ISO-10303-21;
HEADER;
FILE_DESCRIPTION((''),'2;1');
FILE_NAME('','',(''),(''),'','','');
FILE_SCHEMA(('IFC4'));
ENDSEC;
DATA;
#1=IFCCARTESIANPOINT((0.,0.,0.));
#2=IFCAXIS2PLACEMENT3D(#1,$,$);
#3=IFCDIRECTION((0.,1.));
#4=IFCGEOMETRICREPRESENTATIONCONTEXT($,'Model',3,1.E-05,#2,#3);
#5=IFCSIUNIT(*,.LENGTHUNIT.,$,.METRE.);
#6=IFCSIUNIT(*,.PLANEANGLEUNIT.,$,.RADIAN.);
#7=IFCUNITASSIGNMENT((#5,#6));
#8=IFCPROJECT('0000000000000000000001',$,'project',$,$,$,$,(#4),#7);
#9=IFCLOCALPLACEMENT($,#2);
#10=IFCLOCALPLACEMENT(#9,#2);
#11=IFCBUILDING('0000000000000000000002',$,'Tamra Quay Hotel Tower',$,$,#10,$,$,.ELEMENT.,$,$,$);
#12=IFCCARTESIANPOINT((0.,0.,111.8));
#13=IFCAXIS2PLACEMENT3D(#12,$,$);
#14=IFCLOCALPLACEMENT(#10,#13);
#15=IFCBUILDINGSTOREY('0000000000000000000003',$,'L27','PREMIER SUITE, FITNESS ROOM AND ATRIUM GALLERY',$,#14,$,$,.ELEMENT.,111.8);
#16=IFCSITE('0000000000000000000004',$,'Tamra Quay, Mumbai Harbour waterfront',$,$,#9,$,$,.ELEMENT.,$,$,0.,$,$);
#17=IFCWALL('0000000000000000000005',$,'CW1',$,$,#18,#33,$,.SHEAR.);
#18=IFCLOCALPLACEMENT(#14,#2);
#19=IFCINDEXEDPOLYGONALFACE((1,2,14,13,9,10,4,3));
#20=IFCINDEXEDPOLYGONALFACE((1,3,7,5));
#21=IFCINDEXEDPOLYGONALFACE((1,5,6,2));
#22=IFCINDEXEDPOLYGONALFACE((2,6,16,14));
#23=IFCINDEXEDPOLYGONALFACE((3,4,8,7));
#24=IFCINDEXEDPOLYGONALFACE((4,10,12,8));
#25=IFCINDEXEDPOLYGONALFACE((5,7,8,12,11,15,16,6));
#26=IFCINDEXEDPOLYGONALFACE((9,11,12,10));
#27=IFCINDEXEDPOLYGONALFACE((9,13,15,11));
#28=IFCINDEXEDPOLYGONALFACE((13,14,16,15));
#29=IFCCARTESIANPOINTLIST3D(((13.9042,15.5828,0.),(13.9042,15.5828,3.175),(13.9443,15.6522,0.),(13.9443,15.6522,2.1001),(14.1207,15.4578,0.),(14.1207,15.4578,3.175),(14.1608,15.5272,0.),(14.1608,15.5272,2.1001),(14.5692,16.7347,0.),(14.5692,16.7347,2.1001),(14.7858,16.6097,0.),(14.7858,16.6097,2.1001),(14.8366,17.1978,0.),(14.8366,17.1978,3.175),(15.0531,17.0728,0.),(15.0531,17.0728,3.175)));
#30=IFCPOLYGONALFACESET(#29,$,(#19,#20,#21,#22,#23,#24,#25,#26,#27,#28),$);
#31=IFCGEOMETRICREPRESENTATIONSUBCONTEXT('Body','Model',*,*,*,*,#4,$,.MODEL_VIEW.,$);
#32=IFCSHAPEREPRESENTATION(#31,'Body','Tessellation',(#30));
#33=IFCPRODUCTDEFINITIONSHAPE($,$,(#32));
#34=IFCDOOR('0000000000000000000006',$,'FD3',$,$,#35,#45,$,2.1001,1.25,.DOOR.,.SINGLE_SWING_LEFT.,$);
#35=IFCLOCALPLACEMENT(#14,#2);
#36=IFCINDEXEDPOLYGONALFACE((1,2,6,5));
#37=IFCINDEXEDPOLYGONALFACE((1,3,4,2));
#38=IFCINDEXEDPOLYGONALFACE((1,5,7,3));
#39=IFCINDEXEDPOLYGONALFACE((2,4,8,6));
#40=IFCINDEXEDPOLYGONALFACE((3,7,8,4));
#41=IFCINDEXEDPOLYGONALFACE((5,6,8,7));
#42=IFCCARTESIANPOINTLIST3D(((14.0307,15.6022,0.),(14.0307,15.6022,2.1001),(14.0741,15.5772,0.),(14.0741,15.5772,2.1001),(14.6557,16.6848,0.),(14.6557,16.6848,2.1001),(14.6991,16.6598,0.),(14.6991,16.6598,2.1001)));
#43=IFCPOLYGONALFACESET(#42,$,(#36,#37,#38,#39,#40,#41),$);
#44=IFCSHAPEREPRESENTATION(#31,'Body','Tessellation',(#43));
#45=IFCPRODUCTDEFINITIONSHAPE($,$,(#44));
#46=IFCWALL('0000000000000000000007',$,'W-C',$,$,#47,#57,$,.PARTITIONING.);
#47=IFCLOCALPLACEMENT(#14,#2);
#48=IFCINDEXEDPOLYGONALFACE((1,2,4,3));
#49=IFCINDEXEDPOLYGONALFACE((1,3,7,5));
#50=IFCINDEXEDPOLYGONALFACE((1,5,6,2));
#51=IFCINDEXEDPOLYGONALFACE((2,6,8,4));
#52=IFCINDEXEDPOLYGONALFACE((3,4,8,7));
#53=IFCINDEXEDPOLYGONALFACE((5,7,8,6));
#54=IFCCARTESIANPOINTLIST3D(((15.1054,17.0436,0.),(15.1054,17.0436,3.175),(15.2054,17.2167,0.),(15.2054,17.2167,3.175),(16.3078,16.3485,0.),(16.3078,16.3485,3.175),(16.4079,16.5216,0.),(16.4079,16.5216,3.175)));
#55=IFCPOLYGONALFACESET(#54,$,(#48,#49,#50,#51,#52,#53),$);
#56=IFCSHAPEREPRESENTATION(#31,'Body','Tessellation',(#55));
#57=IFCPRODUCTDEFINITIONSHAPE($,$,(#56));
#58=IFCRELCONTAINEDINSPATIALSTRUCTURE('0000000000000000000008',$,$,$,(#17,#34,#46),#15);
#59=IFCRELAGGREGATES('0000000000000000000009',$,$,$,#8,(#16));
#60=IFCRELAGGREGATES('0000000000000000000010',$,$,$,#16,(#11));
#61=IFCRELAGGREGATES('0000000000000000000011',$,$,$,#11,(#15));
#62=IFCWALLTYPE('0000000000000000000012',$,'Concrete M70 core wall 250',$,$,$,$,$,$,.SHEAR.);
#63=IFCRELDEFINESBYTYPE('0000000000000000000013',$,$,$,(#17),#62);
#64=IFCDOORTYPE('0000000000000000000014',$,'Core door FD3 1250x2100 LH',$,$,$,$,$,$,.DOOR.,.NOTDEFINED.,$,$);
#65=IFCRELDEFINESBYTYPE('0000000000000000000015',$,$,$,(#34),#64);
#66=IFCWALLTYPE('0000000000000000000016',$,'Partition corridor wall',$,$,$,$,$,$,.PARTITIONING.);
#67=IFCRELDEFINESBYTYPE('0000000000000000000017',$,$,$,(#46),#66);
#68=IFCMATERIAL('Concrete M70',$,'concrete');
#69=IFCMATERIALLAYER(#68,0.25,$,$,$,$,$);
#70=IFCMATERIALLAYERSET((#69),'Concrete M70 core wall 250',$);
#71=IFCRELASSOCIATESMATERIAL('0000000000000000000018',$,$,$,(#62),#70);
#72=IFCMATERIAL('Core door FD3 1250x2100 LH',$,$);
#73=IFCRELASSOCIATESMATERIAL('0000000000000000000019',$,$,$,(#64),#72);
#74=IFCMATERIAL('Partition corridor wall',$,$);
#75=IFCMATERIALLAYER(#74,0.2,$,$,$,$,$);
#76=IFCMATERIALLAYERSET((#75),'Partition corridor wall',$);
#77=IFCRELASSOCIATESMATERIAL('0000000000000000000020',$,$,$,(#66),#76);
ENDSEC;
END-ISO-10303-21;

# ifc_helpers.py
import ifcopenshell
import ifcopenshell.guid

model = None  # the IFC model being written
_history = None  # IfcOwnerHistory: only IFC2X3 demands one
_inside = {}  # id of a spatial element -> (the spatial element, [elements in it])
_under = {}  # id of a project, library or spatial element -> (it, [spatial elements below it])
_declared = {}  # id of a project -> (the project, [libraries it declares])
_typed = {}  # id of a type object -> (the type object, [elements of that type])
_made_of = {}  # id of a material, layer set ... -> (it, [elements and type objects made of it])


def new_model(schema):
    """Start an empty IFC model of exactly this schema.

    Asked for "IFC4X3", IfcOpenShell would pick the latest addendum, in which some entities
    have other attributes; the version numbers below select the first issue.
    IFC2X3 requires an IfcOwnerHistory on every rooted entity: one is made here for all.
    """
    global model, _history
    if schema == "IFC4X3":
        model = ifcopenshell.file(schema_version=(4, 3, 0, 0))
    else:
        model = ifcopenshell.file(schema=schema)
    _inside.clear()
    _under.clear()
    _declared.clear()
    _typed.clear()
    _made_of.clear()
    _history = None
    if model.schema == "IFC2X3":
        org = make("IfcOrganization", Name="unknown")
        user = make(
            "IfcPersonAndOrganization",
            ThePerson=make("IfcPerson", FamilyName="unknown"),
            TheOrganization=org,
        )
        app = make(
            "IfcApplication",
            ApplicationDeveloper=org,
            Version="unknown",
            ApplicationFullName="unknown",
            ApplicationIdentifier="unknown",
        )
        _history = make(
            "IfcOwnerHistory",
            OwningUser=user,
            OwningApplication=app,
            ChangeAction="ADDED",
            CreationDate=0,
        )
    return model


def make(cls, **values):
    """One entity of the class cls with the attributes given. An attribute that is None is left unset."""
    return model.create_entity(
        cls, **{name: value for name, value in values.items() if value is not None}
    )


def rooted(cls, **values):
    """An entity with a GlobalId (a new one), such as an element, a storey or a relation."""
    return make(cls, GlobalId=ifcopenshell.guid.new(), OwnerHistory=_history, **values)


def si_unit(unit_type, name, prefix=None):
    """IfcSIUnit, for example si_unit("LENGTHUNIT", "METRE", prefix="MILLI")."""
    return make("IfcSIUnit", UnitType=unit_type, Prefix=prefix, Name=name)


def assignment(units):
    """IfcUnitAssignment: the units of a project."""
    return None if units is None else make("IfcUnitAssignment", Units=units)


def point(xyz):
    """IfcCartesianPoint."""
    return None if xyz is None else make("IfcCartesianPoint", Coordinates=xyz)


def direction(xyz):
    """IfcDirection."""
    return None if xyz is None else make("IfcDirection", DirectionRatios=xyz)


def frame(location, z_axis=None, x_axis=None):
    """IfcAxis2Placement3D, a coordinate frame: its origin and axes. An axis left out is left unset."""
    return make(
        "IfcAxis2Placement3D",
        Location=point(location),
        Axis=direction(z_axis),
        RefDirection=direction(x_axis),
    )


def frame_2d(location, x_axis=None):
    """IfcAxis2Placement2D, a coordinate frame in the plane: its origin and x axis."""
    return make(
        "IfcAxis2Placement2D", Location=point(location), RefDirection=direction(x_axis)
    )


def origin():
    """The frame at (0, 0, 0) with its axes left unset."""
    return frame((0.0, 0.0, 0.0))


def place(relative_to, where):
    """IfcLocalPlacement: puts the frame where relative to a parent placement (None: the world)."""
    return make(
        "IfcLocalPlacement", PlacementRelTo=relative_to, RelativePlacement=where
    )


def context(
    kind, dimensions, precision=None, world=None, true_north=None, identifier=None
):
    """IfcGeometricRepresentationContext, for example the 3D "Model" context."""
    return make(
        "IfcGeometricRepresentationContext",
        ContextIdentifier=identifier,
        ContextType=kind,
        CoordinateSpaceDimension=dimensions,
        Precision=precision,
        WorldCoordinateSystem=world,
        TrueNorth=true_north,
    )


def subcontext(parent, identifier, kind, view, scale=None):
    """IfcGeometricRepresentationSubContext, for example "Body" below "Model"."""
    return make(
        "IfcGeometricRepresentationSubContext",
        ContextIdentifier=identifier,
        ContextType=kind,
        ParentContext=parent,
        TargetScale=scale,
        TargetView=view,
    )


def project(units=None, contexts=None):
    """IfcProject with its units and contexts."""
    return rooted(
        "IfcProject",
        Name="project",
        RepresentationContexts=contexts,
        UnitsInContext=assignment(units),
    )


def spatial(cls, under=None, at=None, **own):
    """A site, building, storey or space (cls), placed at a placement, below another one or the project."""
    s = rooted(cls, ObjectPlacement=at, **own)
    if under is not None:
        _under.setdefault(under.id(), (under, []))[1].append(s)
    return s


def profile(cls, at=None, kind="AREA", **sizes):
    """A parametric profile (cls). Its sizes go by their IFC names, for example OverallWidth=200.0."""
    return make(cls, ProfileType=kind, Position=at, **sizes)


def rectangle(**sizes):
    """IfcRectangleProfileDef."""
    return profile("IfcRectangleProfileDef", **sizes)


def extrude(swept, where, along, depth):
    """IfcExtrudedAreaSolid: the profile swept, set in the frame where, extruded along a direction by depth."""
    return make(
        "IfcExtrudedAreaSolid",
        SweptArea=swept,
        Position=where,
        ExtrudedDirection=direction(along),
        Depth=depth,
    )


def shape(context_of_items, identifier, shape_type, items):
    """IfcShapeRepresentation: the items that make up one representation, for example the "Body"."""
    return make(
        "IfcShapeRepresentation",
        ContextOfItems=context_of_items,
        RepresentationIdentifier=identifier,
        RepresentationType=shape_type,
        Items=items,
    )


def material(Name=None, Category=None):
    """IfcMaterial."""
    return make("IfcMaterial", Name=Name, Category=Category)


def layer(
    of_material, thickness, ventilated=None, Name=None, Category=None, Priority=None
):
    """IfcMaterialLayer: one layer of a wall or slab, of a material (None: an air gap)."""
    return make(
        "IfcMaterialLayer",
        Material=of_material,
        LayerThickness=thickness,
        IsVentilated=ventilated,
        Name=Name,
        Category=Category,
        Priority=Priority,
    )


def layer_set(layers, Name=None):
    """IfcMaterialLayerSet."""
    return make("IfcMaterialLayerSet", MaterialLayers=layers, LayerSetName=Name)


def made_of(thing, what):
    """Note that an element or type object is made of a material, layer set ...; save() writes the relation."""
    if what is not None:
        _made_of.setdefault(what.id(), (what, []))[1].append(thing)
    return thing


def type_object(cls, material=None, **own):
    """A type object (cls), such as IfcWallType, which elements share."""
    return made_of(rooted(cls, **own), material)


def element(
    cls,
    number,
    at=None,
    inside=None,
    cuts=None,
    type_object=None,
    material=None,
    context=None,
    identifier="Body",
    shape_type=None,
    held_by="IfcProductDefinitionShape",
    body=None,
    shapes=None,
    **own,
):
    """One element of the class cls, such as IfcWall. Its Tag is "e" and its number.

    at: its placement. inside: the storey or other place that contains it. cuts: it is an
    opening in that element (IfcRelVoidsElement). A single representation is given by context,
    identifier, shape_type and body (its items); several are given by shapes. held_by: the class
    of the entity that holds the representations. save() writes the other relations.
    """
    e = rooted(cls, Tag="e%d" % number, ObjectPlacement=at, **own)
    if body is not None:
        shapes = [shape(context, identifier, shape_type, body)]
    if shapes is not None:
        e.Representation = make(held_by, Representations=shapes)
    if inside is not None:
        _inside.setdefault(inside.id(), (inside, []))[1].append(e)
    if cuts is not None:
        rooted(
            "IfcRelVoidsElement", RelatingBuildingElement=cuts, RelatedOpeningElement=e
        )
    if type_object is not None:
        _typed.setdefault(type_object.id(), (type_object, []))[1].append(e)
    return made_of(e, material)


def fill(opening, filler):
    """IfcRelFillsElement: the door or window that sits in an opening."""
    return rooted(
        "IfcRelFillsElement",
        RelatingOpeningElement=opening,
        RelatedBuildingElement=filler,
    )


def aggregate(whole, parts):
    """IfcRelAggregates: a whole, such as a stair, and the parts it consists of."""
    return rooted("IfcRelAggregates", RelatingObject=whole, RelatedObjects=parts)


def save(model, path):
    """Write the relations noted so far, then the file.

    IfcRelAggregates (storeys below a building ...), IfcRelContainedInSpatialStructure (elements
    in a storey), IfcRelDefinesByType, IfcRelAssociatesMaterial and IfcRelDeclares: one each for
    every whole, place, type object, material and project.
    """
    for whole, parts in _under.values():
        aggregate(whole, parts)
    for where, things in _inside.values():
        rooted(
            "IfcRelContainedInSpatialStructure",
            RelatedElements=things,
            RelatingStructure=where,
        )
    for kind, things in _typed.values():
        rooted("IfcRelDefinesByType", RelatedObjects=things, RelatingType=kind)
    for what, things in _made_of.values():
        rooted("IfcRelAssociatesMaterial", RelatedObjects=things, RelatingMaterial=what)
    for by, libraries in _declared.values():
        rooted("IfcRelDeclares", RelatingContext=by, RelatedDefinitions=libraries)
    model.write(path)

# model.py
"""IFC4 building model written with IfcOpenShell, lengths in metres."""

from ifc_helpers import new_model, si_unit, direction, frame, frame_2d, origin, place, context, subcontext, project, spatial, rectangle, extrude, material, layer, layer_set, type_object, element, fill, save


model = new_model("IFC4")

# Units and contexts
model_context = context("Model", 3, precision=1e-05, world=origin(), true_north=direction((0.0, 1.0)))
body_context = subcontext(model_context, "Body", "Model", "MODEL_VIEW")
ifc_project = project(units=[si_unit("LENGTHUNIT", "METRE"), si_unit("PLANEANGLEUNIT", "RADIAN")], contexts=[model_context])

# Site, building, storey
site_placement = place(None, origin())
site = spatial("IfcSite", under=ifc_project, at=site_placement, Name="Tamra Quay, Mumbai Harbour waterfront", CompositionType="ELEMENT", RefElevation=0.0)
building_placement = place(site_placement, origin())
building = spatial("IfcBuilding", under=site, at=building_placement, Name="Tamra Quay Hotel Tower", CompositionType="ELEMENT")
storey_placement = place(building_placement, frame((0.0, 0.0, 111.8)))
storey = spatial("IfcBuildingStorey", under=building, at=storey_placement, Name="L27", Description="PREMIER SUITE, FITNESS ROOM AND ATRIUM GALLERY", CompositionType="ELEMENT", Elevation=111.8)

# Shared definitions
ifc_material_1 = material(Name="Concrete M70", Category="concrete")

# Shared definitions
ifc_layer_1 = layer(ifc_material_1, 0.25)
ifc_layer_set_1 = layer_set([ifc_layer_1], Name="Concrete M70 core wall 250")
wall_type_1 = type_object("IfcWallType", Name="Concrete M70 core wall 250", PredefinedType="SHEAR", material=ifc_layer_set_1)

# Wall, opening, door
wall_1_placement = place(storey_placement, frame((14.9448, 17.1353, 0.0), z_axis=(0.0, 0.0, 1.0), x_axis=(-0.499983, -0.866035, 0.0)))
wall_1 = element("IfcWall", 1, at=wall_1_placement, inside=storey, type_object=wall_type_1, Name="CW1", PredefinedType="SHEAR", context=body_context, shape_type="SweptSolid", body=[
    extrude(rectangle(XDim=1.8647, YDim=0.25, at=frame_2d((0.9324, 0.0))), origin(), (0.0, 0.0, 1.0), 3.175),
])
opening_1_placement = place(wall_1_placement, frame((0.5347, 0.0, 0.0)))
opening_1 = element("IfcOpeningElement", 2, at=opening_1_placement, cuts=wall_1, PredefinedType="OPENING", context=body_context, shape_type="SweptSolid", body=[
    extrude(rectangle(XDim=1.25, YDim=2.1001, at=frame_2d((0.625, 1.05))), frame((0.0, 0.135, 0.0), z_axis=(0.0, -1.0, 0.0), x_axis=(1.0, 0.0, 0.0)), (0.0, 0.0, 1.0), 0.27),
])
ifc_material_2 = material(Name="Core door FD3 1250x2100 LH")
door_type_1 = type_object("IfcDoorType", Name="Core door FD3 1250x2100 LH", OperationType="NOTDEFINED", PredefinedType="DOOR", material=ifc_material_2)
door_1_placement = place(opening_1_placement, origin())
door_1 = element("IfcDoor", 3, at=door_1_placement, inside=storey, type_object=door_type_1, Name="FD3", OperationType="SINGLE_SWING_LEFT", OverallHeight=2.1001, OverallWidth=1.25, PredefinedType="DOOR", context=body_context, shape_type="SweptSolid", body=[
    extrude(rectangle(XDim=1.25, YDim=2.1001, at=frame_2d((0.625, 1.05))), frame((0.0, 0.0249, 0.0), z_axis=(0.0, -1.0, 0.0), x_axis=(1.0, 0.0, 0.0)), (0.0, 0.0, 1.0), 0.05),
])
fill(opening_1, door_1)

# Wall
ifc_material_3 = material(Name="Partition corridor wall")
ifc_layer_2 = layer(ifc_material_3, 0.2)
ifc_layer_set_2 = layer_set([ifc_layer_2], Name="Partition corridor wall")
wall_type_2 = type_object("IfcWallType", Name="Partition corridor wall", PredefinedType="PARTITIONING", material=ifc_layer_set_2)
wall_2_placement = place(storey_placement, frame((15.1555, 17.1301, 0.0), z_axis=(0.0, 0.0, 1.0), x_axis=(0.865755, -0.500468, 0.0)))
element("IfcWall", 4, at=wall_2_placement, inside=storey, type_object=wall_type_2, Name="W-C", PredefinedType="PARTITIONING", context=body_context, shape_type="SweptSolid", body=[
    extrude(rectangle(XDim=1.3889, YDim=0.2, at=frame_2d((0.6943, 0.0))), origin(), (0.0, 0.0, 1.0), 3.175),
])

save(model, "model.ifc")
